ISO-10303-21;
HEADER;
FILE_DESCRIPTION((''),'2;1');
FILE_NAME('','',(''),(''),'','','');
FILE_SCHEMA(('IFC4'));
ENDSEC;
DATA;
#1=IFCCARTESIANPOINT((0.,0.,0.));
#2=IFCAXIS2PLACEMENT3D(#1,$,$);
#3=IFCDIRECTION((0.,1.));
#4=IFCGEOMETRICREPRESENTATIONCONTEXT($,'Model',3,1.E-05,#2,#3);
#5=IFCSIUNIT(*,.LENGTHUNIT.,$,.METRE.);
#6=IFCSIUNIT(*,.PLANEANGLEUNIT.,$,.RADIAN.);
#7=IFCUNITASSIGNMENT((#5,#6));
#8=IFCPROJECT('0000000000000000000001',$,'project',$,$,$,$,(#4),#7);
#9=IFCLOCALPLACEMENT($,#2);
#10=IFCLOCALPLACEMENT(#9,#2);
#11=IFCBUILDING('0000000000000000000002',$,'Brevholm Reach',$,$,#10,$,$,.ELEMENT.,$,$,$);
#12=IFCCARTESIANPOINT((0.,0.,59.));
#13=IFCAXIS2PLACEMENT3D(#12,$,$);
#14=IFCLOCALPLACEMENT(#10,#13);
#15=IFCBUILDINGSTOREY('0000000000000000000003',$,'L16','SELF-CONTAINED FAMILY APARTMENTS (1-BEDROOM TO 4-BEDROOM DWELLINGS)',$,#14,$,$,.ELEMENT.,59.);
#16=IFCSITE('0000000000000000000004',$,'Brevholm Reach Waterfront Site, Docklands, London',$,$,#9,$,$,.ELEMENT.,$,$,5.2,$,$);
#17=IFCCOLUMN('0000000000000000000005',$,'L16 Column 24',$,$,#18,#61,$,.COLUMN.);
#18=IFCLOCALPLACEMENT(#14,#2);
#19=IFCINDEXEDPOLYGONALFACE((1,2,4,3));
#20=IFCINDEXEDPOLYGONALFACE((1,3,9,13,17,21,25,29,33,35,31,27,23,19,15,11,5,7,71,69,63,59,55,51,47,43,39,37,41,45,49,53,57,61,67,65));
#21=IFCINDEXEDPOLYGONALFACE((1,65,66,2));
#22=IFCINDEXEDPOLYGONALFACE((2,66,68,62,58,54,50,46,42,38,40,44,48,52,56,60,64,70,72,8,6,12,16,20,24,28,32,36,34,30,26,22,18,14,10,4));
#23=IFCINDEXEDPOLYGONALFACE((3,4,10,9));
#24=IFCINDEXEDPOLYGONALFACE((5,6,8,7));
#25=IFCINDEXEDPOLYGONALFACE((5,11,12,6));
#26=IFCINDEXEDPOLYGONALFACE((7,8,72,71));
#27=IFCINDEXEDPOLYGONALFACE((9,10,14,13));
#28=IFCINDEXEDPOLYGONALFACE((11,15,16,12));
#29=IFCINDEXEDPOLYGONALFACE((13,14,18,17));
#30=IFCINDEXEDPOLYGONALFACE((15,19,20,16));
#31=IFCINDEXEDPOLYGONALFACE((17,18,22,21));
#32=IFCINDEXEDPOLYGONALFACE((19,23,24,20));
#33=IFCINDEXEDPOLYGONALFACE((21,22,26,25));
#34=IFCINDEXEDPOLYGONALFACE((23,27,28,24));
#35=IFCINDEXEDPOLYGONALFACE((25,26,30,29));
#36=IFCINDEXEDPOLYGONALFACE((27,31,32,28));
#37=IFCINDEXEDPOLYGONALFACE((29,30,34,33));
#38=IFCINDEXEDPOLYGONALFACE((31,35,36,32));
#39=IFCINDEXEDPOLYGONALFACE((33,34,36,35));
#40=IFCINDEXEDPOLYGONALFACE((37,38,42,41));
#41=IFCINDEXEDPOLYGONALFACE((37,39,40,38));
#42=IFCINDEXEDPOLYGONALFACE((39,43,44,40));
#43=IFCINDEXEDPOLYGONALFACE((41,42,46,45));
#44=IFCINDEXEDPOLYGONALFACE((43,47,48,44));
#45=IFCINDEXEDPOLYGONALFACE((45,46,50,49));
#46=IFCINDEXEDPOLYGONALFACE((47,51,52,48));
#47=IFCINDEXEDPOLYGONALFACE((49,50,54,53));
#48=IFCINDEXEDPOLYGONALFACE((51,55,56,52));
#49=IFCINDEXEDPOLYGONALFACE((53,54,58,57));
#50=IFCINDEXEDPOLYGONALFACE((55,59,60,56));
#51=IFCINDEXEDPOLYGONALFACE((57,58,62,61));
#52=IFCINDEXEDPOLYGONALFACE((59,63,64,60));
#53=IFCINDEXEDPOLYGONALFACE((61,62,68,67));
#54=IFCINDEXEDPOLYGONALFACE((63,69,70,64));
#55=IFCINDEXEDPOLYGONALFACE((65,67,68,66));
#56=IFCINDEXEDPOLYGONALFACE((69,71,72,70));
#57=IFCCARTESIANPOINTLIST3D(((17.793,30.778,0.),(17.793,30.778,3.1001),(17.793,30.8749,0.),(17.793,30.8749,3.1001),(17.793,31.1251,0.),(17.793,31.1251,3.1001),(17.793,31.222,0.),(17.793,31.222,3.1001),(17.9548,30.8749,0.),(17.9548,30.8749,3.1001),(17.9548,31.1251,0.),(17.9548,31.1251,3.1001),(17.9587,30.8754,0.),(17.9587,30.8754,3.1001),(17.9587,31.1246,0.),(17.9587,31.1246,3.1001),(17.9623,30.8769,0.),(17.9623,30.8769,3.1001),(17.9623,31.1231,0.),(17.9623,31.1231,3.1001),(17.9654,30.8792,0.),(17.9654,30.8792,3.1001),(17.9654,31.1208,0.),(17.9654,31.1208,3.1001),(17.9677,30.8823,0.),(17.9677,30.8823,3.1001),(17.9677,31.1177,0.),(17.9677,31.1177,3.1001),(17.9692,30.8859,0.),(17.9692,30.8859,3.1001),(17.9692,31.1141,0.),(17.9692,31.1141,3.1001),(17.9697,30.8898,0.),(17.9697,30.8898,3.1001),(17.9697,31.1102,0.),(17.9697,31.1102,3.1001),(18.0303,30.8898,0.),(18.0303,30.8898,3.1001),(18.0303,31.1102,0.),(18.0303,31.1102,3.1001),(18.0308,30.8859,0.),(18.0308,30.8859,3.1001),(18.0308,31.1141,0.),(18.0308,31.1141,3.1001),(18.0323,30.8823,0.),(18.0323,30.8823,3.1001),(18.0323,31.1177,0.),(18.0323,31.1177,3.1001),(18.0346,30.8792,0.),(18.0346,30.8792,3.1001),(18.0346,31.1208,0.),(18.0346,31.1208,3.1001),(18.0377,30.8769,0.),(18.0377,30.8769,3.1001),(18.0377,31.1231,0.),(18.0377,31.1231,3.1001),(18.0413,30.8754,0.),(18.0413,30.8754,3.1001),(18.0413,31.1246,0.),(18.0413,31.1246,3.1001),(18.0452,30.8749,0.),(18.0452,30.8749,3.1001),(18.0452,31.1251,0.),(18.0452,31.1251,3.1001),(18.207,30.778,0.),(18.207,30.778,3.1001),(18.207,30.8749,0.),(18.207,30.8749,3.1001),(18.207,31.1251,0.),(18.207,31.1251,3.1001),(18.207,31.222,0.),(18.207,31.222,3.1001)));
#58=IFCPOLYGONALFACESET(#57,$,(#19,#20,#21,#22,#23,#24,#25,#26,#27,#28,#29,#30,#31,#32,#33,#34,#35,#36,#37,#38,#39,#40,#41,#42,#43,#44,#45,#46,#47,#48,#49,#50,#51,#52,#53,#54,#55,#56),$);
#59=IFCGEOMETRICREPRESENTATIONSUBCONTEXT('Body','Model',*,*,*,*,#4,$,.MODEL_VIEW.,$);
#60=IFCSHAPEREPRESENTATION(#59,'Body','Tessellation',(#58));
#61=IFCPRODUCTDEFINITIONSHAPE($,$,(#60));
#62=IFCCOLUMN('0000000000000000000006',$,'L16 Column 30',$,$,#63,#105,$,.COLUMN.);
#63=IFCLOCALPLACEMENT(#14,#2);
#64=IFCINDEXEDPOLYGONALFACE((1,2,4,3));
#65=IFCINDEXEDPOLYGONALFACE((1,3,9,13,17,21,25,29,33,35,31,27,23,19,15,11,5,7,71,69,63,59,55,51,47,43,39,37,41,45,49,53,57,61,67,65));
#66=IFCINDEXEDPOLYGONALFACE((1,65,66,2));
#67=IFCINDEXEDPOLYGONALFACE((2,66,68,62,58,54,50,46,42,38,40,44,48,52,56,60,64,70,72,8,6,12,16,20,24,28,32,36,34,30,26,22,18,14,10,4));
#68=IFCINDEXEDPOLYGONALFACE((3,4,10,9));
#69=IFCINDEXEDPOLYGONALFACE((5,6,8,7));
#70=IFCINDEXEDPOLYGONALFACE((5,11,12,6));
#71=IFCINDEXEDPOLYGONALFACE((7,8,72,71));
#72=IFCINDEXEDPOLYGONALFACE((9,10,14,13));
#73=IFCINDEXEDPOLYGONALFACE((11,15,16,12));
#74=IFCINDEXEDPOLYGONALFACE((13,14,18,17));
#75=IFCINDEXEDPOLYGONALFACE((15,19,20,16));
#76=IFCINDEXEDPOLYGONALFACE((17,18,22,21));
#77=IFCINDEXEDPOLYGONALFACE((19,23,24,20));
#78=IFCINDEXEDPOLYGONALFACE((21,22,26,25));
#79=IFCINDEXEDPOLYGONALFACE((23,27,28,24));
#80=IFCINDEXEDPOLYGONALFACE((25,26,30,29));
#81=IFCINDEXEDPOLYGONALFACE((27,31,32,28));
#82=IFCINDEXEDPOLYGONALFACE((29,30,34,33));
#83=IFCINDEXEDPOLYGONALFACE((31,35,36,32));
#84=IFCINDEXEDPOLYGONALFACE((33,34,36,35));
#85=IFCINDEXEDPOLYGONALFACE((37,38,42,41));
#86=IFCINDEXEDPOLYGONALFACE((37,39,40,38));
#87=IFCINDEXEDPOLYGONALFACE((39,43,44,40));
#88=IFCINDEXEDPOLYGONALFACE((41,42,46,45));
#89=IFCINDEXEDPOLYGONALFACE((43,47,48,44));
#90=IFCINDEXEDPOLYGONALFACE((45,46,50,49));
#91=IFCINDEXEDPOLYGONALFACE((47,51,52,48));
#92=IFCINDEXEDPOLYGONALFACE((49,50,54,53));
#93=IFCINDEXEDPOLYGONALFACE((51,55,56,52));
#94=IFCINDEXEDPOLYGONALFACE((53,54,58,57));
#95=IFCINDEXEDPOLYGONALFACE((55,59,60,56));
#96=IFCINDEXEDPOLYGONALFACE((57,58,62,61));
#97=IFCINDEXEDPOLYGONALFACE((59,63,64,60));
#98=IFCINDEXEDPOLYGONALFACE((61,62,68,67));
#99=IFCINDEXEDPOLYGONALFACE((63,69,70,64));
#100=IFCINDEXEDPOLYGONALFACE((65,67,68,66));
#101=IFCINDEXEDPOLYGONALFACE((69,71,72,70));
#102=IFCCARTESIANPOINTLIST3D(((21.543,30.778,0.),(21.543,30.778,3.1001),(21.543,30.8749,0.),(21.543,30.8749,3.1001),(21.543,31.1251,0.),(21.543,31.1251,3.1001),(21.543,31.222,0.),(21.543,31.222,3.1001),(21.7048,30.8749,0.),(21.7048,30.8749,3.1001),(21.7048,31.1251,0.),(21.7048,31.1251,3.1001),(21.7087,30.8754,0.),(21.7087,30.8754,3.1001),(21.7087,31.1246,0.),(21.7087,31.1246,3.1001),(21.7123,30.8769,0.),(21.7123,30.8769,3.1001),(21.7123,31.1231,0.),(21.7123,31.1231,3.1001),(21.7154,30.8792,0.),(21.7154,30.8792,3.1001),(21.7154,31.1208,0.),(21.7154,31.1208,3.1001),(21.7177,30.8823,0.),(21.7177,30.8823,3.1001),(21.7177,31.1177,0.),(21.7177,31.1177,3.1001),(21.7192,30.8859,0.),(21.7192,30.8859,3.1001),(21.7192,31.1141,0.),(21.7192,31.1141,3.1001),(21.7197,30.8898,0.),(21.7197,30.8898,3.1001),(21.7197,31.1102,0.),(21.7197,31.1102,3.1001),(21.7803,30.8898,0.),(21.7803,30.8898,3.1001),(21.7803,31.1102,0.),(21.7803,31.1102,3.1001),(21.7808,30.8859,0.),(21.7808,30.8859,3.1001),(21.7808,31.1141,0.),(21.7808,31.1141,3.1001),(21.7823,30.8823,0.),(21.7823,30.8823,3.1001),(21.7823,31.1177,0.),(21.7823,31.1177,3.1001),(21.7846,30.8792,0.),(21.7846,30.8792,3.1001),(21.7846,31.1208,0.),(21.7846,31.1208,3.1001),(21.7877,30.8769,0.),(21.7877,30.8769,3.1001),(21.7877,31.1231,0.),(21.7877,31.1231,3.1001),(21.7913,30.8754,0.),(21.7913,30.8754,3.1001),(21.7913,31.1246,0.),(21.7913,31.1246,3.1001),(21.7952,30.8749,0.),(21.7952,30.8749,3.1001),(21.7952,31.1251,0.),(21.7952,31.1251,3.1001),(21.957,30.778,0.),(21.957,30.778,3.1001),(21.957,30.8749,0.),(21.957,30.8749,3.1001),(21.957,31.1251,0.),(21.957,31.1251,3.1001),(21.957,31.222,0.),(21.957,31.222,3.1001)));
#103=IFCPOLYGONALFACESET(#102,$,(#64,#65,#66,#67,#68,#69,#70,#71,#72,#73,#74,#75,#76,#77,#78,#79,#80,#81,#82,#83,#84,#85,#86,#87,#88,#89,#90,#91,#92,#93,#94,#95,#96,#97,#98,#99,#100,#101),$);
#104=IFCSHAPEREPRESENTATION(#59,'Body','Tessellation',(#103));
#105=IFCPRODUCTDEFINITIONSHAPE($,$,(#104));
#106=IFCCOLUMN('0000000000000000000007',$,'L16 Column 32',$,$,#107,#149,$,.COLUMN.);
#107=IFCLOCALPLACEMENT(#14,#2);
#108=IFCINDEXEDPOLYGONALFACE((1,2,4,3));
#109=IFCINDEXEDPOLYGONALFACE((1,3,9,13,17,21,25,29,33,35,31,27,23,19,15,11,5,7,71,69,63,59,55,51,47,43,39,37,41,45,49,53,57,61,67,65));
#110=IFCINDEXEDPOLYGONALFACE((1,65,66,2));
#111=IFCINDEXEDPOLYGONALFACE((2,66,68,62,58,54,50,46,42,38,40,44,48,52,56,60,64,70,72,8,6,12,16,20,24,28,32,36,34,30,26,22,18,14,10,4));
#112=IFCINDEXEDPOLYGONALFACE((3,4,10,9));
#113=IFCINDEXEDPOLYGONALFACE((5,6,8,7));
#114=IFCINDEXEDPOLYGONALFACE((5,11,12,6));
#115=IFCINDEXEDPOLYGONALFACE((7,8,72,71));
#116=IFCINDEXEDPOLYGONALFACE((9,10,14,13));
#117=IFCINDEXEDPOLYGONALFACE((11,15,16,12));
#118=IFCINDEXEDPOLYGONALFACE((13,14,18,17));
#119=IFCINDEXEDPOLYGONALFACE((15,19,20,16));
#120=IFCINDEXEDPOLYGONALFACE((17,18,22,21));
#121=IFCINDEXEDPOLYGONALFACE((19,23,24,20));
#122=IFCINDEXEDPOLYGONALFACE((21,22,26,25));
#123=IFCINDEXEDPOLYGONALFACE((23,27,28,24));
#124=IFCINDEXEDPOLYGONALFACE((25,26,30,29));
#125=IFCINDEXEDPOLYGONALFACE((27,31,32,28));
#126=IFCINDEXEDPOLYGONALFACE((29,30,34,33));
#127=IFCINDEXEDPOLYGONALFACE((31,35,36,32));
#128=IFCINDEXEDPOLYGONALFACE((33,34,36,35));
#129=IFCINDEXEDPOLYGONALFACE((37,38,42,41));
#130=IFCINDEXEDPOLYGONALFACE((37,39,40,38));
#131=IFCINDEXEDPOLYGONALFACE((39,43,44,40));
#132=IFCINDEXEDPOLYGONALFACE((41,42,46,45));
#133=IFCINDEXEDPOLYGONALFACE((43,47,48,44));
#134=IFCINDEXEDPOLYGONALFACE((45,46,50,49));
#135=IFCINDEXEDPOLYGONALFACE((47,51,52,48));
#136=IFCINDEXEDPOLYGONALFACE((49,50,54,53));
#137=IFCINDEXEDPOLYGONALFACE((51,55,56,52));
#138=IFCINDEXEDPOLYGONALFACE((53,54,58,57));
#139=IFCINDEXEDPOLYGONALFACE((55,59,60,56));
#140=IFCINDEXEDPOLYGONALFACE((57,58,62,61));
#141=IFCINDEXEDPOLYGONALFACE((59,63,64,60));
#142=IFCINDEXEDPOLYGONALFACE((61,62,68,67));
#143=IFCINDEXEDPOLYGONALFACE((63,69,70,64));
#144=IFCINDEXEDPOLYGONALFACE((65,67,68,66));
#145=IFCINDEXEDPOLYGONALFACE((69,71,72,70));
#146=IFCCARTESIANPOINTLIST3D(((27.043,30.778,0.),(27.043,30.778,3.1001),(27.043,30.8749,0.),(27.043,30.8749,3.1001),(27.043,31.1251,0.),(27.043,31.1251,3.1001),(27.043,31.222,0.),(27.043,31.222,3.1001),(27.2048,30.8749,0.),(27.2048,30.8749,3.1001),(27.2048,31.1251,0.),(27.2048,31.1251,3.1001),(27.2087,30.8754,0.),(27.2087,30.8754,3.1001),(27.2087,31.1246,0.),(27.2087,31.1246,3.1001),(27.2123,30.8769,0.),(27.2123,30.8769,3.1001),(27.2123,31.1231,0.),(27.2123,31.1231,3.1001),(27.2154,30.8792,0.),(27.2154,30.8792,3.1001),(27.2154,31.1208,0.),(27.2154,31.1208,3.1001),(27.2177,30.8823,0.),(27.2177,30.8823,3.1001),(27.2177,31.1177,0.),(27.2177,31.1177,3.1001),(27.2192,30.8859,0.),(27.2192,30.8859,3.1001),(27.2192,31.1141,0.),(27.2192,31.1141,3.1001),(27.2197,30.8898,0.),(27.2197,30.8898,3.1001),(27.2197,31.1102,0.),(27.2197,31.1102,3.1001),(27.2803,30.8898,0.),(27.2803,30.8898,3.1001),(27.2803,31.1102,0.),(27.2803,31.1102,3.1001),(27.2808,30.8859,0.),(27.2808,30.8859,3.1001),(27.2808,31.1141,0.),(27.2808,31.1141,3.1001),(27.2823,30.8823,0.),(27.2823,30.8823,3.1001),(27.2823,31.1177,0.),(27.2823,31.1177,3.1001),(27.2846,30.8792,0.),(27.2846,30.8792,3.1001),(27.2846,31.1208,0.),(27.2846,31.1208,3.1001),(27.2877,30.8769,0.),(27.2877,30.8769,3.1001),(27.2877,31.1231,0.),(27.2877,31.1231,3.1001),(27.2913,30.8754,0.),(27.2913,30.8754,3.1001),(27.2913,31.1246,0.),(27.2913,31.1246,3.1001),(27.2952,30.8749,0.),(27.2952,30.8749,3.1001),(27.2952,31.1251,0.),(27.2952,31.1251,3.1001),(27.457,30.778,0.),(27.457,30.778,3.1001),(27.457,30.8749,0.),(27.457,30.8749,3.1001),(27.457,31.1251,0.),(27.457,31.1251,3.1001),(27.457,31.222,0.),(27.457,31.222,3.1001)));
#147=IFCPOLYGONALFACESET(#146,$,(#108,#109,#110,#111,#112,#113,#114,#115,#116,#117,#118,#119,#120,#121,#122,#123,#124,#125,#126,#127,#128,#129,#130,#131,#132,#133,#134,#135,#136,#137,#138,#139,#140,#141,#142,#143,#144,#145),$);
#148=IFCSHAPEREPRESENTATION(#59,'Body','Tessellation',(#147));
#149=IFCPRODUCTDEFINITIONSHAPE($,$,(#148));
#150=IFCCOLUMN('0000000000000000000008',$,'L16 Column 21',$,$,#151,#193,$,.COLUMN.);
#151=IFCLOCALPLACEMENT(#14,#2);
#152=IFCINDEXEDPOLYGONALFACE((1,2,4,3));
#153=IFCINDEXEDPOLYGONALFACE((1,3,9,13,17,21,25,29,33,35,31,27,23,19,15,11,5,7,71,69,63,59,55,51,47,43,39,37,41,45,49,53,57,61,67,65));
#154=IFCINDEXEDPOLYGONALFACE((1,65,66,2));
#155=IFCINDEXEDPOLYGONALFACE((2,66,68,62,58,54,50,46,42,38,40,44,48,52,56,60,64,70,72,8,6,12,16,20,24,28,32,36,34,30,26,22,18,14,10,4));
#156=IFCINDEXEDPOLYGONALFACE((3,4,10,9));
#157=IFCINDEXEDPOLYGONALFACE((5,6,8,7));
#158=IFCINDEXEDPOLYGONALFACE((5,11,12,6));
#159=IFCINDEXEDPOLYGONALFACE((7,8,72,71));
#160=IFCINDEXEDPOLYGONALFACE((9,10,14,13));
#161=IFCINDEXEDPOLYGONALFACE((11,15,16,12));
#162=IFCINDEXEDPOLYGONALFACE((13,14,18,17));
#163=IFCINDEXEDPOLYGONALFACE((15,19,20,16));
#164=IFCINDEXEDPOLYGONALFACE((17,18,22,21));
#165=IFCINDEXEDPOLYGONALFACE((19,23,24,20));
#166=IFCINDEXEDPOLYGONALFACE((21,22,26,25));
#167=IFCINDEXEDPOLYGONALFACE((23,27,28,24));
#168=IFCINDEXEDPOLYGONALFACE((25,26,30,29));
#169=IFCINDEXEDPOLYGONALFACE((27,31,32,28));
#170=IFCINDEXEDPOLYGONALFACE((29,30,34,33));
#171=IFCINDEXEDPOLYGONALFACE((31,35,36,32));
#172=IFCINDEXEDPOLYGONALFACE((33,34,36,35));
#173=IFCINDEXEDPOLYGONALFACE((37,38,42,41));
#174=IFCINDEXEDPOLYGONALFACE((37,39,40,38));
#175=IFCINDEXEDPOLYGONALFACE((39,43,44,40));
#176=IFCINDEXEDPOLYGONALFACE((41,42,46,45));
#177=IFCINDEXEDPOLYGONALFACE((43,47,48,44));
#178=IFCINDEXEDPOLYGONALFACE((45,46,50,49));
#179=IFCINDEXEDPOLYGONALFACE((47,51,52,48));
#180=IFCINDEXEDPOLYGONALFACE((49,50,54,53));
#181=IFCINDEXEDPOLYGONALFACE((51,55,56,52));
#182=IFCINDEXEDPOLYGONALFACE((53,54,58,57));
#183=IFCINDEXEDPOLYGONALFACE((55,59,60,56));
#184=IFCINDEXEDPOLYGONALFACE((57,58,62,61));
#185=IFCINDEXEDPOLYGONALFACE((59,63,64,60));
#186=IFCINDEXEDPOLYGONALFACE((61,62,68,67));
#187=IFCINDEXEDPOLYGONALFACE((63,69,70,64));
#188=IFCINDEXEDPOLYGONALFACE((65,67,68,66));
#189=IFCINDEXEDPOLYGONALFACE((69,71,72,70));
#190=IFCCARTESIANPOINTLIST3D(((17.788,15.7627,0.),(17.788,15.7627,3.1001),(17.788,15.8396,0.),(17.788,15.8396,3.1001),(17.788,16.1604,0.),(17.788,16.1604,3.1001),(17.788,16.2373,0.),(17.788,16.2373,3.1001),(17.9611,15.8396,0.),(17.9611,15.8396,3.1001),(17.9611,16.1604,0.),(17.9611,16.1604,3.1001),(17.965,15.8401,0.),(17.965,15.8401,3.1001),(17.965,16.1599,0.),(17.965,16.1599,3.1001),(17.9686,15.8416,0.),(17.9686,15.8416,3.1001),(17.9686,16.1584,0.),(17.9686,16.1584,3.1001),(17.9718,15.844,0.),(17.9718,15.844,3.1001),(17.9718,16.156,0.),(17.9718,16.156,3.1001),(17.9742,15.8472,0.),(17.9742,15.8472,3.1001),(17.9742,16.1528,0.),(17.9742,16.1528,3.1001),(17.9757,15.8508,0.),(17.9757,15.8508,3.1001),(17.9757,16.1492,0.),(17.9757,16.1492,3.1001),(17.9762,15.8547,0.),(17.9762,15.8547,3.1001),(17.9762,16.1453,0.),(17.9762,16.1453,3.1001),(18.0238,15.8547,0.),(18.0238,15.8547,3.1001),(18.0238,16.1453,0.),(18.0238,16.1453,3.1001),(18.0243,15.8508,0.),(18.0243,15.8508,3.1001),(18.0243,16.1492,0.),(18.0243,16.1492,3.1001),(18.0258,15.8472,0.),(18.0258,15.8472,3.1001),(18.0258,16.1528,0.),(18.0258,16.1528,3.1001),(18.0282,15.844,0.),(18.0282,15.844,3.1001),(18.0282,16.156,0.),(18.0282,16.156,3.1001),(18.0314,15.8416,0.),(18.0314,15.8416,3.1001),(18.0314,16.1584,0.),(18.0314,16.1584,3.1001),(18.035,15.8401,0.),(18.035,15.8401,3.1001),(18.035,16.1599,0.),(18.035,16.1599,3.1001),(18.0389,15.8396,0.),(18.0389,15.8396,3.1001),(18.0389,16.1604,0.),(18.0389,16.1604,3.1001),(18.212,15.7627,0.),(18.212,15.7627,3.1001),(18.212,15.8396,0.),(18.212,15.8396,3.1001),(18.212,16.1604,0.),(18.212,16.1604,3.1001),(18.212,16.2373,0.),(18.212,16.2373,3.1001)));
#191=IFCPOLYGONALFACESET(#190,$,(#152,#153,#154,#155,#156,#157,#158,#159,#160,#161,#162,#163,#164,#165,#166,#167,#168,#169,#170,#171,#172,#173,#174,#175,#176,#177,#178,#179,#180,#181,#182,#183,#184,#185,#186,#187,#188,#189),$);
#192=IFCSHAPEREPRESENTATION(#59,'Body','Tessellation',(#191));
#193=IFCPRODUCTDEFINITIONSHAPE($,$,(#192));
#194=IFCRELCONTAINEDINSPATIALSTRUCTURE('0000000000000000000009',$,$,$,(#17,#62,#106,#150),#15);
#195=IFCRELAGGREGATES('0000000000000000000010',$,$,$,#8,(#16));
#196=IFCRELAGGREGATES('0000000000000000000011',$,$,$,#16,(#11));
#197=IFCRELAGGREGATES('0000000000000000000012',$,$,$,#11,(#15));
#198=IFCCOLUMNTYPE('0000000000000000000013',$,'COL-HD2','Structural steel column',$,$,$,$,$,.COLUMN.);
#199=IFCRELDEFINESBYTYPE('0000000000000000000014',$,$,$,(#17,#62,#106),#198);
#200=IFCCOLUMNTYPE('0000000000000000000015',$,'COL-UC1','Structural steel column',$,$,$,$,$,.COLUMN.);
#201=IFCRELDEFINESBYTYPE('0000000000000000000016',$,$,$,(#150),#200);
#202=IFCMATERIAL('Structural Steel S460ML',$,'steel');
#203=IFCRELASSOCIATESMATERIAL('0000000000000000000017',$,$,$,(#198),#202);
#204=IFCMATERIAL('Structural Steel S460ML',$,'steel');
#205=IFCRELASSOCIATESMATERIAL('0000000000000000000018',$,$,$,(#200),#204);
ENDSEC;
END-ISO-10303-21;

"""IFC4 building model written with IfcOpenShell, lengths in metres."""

from ifc_helpers import new_model, si_unit, direction, frame, origin, origin_2d, place, context, subcontext, project, spatial, i_section, extrude, material, material_profile, profile_set, type_object, element, save


model = new_model("IFC4")

# Units and contexts
model_context = context("Model", 3, precision=1e-05, world=origin(), true_north=direction((0.0, 1.0)))
body_context = subcontext(model_context, "Body", "Model", "MODEL_VIEW")
ifc_project = project(units=[si_unit("LENGTHUNIT", "METRE"), si_unit("PLANEANGLEUNIT", "RADIAN")], contexts=[model_context])

# Site, building, storey
site_placement = place(None, origin())
site = spatial("IfcSite", under=ifc_project, at=site_placement, Name="Brevholm Reach Waterfront Site, Docklands, London", CompositionType="ELEMENT", RefElevation=5.2)
building_placement = place(site_placement, origin())
building = spatial("IfcBuilding", under=site, at=building_placement, Name="Brevholm Reach", CompositionType="ELEMENT")
storey_placement = place(building_placement, frame((0.0, 0.0, 59.0)))
storey = spatial("IfcBuildingStorey", under=building, at=storey_placement, Name="L16", Description="SELF-CONTAINED FAMILY APARTMENTS (1-BEDROOM TO 4-BEDROOM DWELLINGS)", CompositionType="ELEMENT", Elevation=59.0)

# Columns
ifc_material_1 = material(Name="Structural Steel S460ML", Category="steel")
ifc_material_profile_1 = material_profile(ifc_material_1, i_section(OverallWidth=0.4141, OverallDepth=0.4441, WebThickness=0.0605, FlangeThickness=0.0969, FilletRadius=0.0149, at=origin_2d()), Name="HD 400x818")
ifc_profile_set_1 = profile_set([ifc_material_profile_1], Name="Structural Steel S460ML")
column_type_1 = type_object("IfcColumnType", Name="COL-HD2", Description="Structural steel column", PredefinedType="COLUMN", material=ifc_profile_set_1)
for number, where, z_axis, x_axis, name in (
    (1, (18.0, 31.0, 0.0), (0.0, 0.0, 1.0), (1.0, 0.0, 0.0), "L16 Column 24"),
    (2, (21.75, 31.0, 0.0), (0.0, 0.0, 1.0), (1.0, 0.0, 0.0), "L16 Column 30"),
    (3, (27.25, 31.0, 0.0), (0.0, 0.0, 1.0), (1.0, 0.0, 0.0), "L16 Column 32"),
):
    element("IfcColumn", number, at=place(storey_placement, frame(where, z_axis=z_axis, x_axis=x_axis)), inside=storey, type_object=column_type_1, Name=name, PredefinedType="COLUMN", context=body_context, shape_type="SweptSolid", body=[
        extrude(i_section(OverallWidth=0.4141, OverallDepth=0.4441, WebThickness=0.0605, FlangeThickness=0.0969, FilletRadius=0.0149, at=origin_2d()), origin(), (0.0, 0.0, 1.0), 3.1001),
    ])
ifc_material_2 = material(Name="Structural Steel S460ML", Category="steel")
ifc_material_profile_2 = material_profile(ifc_material_2, i_section(OverallWidth=0.4241, OverallDepth=0.4746, WebThickness=0.0476, FlangeThickness=0.0769, FilletRadius=0.0151, at=origin_2d()), Name="UKC 356x406x634")
ifc_profile_set_2 = profile_set([ifc_material_profile_2], Name="Structural Steel S460ML")
column_type_2 = type_object("IfcColumnType", Name="COL-UC1", Description="Structural steel column", PredefinedType="COLUMN", material=ifc_profile_set_2)
for number, where, z_axis, x_axis, name in (
    (4, (18.0, 16.0, 0.0), (0.0, 0.0, 1.0), (1.0, 0.0, 0.0), "L16 Column 21"),
):
    element("IfcColumn", number, at=place(storey_placement, frame(where, z_axis=z_axis, x_axis=x_axis)), inside=storey, type_object=column_type_2, Name=name, PredefinedType="COLUMN", context=body_context, shape_type="SweptSolid", body=[
        extrude(i_section(OverallWidth=0.4241, OverallDepth=0.4746, WebThickness=0.0476, FlangeThickness=0.0769, FilletRadius=0.0151, at=origin_2d()), origin(), (0.0, 0.0, 1.0), 3.1001),
    ])

save(model, "model.ifc")
